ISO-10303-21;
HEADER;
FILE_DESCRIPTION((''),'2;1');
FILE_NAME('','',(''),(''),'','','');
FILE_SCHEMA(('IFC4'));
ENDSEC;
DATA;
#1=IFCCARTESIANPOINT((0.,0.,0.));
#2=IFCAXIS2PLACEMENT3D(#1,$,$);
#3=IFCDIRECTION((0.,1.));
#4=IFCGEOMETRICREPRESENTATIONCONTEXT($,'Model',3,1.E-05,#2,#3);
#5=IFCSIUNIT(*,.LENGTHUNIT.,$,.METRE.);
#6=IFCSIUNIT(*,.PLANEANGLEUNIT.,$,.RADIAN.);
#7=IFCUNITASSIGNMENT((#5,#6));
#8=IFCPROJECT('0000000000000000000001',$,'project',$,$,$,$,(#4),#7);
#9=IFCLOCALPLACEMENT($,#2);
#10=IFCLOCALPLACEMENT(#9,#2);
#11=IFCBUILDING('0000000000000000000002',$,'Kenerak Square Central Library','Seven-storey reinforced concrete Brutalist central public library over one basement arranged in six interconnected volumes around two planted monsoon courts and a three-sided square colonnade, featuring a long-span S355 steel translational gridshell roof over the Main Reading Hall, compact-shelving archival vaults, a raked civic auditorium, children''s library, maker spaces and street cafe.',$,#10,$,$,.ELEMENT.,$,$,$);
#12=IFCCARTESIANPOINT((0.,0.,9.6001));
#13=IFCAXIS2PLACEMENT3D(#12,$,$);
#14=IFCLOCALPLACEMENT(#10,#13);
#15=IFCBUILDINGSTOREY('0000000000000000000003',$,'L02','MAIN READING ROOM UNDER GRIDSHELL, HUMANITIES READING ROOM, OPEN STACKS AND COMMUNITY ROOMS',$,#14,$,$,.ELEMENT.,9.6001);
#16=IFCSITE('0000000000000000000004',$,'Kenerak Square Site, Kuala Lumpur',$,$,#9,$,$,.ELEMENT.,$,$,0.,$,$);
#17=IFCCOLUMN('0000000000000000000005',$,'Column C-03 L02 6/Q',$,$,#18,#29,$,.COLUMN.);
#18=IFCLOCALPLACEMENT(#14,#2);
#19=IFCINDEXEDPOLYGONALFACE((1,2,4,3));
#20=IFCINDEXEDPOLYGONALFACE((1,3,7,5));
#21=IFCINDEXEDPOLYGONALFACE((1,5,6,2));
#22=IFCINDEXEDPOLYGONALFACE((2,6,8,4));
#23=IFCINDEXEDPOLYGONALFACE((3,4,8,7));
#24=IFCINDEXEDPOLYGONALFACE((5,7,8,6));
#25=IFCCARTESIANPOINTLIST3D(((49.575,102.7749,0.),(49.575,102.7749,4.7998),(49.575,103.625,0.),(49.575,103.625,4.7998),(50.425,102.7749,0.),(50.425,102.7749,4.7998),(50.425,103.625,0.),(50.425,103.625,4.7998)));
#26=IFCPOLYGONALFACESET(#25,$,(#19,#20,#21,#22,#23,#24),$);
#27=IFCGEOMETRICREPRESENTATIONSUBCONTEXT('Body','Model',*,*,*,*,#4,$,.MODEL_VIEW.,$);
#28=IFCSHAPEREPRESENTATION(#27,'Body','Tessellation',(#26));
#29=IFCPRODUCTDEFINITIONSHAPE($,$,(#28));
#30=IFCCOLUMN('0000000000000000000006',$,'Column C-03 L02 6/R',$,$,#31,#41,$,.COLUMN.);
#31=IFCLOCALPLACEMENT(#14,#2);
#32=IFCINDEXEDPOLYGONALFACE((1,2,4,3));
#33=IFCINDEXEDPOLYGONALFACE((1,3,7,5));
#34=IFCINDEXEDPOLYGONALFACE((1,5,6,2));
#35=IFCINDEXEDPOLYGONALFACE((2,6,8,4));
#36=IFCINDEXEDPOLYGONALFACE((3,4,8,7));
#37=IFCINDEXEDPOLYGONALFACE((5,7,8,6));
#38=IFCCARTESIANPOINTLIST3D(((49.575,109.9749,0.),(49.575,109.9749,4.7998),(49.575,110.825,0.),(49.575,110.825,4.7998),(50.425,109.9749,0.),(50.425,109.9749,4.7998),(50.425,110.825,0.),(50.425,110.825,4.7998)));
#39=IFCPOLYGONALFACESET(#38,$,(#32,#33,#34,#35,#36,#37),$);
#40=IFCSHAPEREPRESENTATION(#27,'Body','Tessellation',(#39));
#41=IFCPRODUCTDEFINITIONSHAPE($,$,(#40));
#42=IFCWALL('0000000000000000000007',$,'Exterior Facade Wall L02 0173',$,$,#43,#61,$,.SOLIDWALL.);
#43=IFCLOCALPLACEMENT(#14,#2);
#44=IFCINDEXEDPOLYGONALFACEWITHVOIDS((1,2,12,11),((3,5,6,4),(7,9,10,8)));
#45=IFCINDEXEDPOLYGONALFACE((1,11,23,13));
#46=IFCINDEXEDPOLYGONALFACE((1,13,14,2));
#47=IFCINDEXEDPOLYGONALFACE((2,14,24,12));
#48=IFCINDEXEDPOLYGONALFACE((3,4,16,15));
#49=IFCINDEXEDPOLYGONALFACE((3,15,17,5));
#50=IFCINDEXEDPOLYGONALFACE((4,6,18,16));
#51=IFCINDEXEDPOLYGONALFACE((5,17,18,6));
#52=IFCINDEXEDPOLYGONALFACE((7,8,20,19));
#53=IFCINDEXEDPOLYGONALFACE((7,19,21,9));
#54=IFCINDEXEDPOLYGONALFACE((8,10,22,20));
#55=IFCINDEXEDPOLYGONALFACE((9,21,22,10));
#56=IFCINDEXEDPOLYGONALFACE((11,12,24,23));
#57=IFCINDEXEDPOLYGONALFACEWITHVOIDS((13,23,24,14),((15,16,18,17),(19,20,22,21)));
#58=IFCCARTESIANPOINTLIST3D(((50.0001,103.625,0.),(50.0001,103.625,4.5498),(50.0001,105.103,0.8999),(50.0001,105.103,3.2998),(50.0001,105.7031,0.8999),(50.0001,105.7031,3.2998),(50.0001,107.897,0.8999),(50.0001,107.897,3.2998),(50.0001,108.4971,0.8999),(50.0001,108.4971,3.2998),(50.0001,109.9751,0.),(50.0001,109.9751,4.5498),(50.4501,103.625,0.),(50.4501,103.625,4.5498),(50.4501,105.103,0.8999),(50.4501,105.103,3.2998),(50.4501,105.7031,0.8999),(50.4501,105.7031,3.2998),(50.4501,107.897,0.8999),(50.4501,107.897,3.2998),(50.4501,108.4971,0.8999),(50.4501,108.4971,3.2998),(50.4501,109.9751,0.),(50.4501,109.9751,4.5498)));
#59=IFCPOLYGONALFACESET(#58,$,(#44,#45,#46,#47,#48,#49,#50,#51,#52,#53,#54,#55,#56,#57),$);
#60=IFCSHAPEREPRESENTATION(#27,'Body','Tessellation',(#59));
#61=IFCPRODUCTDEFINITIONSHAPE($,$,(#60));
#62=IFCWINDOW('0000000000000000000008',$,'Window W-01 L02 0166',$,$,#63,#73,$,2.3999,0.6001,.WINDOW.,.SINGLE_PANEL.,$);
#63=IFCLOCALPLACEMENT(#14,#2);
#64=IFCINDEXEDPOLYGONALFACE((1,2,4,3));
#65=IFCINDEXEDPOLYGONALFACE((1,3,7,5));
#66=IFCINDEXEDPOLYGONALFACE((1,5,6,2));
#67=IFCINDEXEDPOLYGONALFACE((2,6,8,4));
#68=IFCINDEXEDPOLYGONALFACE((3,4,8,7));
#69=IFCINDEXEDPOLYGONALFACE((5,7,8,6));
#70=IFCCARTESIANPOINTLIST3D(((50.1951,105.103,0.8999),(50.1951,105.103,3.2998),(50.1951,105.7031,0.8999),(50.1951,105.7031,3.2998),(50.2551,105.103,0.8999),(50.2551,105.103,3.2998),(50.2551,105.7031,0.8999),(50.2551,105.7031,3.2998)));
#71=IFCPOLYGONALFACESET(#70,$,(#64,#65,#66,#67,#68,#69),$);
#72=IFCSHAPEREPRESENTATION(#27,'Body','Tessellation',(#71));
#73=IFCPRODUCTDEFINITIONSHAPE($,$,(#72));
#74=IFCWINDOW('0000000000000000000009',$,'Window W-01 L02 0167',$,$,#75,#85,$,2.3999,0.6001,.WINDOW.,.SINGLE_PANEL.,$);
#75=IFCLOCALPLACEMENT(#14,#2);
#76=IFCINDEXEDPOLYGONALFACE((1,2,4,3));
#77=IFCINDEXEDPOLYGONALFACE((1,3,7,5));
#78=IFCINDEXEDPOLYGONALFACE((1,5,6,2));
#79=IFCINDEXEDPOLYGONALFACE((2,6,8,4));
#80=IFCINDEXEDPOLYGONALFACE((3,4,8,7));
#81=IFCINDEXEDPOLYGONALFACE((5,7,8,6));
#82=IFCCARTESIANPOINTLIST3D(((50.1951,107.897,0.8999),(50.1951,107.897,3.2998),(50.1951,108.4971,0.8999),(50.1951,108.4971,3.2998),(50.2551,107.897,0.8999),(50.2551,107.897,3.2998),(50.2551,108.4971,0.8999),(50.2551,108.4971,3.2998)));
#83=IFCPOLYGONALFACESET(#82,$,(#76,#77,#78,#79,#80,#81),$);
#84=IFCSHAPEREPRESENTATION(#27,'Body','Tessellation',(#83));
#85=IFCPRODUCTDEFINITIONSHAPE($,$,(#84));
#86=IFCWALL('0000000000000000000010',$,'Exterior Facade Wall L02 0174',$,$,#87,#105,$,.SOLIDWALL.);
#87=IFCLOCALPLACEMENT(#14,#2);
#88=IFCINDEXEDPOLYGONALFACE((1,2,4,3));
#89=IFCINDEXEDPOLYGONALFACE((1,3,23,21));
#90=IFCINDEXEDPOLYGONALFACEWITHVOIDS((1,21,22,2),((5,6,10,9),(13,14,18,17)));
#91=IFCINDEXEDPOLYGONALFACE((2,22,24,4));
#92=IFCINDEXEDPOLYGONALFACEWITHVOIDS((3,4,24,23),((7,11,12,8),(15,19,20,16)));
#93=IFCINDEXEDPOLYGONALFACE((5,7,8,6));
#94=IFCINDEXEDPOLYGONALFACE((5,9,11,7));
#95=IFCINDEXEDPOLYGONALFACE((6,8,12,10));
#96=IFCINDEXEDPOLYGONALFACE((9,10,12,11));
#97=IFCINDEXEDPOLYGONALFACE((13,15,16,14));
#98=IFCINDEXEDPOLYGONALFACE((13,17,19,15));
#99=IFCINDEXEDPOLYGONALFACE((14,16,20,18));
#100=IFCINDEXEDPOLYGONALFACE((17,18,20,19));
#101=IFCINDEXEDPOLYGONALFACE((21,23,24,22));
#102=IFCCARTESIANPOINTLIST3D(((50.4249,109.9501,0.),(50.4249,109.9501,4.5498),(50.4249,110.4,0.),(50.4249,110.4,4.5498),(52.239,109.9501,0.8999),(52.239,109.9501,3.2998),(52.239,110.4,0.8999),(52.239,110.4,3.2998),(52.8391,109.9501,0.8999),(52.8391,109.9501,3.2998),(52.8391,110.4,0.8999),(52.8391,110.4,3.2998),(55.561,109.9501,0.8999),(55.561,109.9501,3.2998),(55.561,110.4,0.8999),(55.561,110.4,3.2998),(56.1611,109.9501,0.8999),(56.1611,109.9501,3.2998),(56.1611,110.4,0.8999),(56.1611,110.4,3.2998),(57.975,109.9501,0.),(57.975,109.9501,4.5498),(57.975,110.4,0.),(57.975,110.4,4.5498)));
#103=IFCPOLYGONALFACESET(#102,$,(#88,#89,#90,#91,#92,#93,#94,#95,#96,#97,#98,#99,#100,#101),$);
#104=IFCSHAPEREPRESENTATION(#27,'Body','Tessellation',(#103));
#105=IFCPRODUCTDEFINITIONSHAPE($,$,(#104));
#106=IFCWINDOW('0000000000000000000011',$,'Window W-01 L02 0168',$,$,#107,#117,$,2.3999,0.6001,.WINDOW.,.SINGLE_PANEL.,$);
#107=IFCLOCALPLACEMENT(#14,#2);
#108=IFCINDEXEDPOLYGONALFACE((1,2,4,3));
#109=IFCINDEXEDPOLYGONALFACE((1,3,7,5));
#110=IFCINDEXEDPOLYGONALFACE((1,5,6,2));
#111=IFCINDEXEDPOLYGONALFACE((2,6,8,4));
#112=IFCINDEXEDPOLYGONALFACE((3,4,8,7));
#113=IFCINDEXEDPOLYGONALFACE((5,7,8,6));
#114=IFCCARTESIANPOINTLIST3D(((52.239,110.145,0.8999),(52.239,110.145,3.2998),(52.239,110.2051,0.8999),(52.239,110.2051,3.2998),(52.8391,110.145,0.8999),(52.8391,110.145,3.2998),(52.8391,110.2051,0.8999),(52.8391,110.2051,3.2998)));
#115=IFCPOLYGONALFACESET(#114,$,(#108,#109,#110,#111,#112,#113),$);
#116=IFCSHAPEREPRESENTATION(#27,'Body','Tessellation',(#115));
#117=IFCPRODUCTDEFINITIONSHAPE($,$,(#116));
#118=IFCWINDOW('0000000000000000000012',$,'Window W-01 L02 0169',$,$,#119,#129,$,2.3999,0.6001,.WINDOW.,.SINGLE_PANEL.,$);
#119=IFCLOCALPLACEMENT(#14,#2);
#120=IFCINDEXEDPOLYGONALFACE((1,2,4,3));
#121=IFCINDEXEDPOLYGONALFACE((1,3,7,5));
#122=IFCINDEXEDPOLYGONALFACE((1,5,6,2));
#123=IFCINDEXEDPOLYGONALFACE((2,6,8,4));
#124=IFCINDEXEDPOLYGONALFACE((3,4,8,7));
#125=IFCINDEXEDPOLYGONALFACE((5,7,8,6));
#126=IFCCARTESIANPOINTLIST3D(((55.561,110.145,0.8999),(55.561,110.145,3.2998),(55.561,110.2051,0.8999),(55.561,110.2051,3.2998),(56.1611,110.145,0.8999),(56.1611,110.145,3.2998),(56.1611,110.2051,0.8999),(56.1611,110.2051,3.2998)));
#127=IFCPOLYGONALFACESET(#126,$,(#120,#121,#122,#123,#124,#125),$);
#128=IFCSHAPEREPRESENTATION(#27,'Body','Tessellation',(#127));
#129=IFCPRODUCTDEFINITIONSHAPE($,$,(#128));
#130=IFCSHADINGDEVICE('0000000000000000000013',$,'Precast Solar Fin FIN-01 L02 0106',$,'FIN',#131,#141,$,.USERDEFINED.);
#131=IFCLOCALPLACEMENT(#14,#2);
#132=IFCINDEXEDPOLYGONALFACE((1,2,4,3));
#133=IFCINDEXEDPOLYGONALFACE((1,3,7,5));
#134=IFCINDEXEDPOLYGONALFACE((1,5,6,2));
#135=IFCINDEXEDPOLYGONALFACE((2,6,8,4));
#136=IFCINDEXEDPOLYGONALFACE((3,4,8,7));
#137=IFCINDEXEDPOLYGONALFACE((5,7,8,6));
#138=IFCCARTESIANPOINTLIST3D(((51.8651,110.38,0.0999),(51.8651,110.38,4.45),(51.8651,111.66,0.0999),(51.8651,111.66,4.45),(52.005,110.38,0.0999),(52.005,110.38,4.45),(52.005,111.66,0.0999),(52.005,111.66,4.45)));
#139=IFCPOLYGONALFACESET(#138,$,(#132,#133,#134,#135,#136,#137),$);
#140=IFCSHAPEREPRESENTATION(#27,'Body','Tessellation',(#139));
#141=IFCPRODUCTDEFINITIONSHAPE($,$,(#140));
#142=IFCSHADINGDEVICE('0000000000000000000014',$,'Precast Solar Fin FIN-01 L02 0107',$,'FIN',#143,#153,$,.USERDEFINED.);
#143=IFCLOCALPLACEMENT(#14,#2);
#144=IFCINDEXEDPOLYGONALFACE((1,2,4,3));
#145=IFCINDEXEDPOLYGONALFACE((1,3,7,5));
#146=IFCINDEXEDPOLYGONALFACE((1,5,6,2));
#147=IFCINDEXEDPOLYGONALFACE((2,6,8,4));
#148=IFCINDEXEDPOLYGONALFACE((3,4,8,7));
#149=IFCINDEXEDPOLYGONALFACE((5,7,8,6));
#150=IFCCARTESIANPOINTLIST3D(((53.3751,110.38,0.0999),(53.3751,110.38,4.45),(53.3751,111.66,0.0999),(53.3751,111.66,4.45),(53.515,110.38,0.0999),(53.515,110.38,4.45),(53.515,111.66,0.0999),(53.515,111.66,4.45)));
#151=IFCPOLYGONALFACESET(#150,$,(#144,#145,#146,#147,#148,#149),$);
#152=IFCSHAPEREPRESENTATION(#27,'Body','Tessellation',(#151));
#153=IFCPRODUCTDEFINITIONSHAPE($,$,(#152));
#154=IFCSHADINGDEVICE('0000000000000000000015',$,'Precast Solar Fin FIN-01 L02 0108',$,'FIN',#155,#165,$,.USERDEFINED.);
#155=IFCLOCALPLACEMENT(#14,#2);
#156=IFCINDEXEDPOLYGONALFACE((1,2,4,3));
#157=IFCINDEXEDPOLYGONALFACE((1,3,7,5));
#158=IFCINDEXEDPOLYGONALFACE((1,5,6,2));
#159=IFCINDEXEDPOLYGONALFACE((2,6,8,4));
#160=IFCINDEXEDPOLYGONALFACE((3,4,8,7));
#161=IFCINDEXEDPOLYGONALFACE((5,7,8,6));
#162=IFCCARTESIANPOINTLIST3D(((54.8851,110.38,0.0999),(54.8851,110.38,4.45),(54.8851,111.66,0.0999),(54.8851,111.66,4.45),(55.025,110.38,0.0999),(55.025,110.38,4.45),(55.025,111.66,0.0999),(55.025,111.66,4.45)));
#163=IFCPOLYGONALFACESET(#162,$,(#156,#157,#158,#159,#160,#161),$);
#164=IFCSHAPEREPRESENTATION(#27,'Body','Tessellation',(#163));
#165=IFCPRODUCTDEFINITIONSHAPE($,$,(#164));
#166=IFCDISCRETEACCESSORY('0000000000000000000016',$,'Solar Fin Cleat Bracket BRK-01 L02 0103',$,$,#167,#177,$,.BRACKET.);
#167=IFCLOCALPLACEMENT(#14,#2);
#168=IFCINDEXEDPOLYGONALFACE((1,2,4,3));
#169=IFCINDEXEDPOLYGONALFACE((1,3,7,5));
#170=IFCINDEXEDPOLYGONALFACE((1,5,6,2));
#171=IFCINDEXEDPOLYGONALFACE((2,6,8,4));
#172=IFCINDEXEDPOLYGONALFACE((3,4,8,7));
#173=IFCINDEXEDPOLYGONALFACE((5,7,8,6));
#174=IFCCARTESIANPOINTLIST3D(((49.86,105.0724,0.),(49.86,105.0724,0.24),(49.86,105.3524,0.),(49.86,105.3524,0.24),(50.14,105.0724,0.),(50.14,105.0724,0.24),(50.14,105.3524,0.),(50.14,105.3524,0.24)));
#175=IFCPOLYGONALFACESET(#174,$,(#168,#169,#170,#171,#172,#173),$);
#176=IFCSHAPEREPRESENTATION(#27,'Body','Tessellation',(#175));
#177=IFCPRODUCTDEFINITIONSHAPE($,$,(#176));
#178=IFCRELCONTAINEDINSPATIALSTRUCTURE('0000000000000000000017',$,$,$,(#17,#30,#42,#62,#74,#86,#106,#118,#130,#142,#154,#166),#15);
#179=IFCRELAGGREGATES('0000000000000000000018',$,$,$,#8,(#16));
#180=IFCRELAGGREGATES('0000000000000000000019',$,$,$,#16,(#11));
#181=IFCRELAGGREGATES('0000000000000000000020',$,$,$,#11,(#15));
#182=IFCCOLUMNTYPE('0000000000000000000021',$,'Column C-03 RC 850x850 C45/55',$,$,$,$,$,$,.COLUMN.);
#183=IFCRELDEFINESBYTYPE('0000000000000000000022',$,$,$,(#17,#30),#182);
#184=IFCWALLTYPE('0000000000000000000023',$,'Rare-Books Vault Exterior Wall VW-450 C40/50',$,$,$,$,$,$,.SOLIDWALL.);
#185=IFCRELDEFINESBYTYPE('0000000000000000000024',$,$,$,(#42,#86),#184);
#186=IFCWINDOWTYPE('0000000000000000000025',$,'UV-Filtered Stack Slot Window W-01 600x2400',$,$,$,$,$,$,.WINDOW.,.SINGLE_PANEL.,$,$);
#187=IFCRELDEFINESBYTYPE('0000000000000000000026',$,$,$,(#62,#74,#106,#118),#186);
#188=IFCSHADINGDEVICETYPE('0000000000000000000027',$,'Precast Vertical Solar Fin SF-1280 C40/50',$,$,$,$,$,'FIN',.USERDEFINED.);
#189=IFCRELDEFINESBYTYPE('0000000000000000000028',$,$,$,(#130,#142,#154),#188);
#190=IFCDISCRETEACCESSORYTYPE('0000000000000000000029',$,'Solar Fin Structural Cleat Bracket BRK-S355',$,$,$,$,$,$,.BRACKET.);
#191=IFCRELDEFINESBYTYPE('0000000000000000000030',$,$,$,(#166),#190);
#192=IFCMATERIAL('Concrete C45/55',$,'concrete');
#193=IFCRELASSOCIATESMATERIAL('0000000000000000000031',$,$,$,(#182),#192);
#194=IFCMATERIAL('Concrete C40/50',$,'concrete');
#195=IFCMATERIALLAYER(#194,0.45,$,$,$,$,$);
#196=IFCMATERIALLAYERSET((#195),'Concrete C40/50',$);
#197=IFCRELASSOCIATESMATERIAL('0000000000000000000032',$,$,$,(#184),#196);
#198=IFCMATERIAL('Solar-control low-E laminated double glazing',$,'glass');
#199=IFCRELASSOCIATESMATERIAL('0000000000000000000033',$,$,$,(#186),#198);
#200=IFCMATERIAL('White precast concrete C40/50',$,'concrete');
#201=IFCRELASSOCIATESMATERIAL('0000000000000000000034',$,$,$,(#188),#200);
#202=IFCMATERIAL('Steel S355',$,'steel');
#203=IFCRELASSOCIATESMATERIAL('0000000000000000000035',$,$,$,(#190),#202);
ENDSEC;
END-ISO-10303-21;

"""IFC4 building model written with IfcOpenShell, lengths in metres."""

from ifc_helpers import new_model, si_unit, direction, frame, frame_2d, origin, origin_2d, place, context, subcontext, project, spatial, rectangle, extrude, material, layer, layer_set, material_profile, profile_set, type_object, element, fill, save


model = new_model("IFC4")

# Units and contexts
model_context = context("Model", 3, precision=1e-05, world=origin(), true_north=direction((0.0, 1.0)))
body_context = subcontext(model_context, "Body", "Model", "MODEL_VIEW")
ifc_project = project(units=[si_unit("LENGTHUNIT", "METRE"), si_unit("PLANEANGLEUNIT", "RADIAN")], contexts=[model_context])

# Site, building, storey
site_placement = place(None, origin())
site = spatial("IfcSite", under=ifc_project, at=site_placement, Name="Kenerak Square Site, Kuala Lumpur", CompositionType="ELEMENT", RefElevation=0.0)
building_placement = place(site_placement, origin())
building = spatial("IfcBuilding", under=site, at=building_placement, Name="Kenerak Square Central Library", Description="Seven-storey reinforced concrete Brutalist central public library over one basement arranged in six interconnected volumes around two planted monsoon courts and a three-sided square colonnade, featuring a long-span S355 steel translational gridshell roof over the Main Reading Hall, compact-shelving archival vaults, a raked civic auditorium, children's library, maker spaces and street cafe.", CompositionType="ELEMENT")
storey_placement = place(building_placement, frame((0.0, 0.0, 9.6001)))
storey = spatial("IfcBuildingStorey", under=building, at=storey_placement, Name="L02", Description="MAIN READING ROOM UNDER GRIDSHELL, HUMANITIES READING ROOM, OPEN STACKS AND COMMUNITY ROOMS", CompositionType="ELEMENT", Elevation=9.6001)

# Columns
ifc_material_1 = material(Name="Concrete C45/55", Category="concrete")
ifc_material_profile = material_profile(ifc_material_1, rectangle(XDim=0.8501, YDim=0.8501, at=origin_2d()), Name="RC 850x850")
ifc_profile_set = profile_set([ifc_material_profile], Name="Concrete C45/55")
column_type = type_object("IfcColumnType", Name="Column C-03 RC 850x850 C45/55", PredefinedType="COLUMN", material=ifc_profile_set)
for number, where, z_axis, x_axis, name in (
    (1, (50.0, 103.2, 0.0), (0.0, 0.0, 1.0), (1.0, 0.0, 0.0), "Column C-03 L02 6/Q"),
    (2, (50.0, 110.3999, 0.0), (0.0, 0.0, 1.0), (1.0, 0.0, 0.0), "Column C-03 L02 6/R"),
):
    element("IfcColumn", number, at=place(storey_placement, frame(where, z_axis=z_axis, x_axis=x_axis)), inside=storey, type_object=column_type, Name=name, PredefinedType="COLUMN", context=body_context, shape_type="SweptSolid", body=[
        extrude(rectangle(XDim=0.8501, YDim=0.8501, at=origin_2d()), origin(), (0.0, 0.0, 1.0), 4.7998),
    ])

# Walls, openings, windows
ifc_material_2 = material(Name="Concrete C40/50", Category="concrete")
ifc_layer = layer(ifc_material_2, 0.45)
ifc_layer_set = layer_set([ifc_layer], Name="Concrete C40/50")
wall_type = type_object("IfcWallType", Name="Rare-Books Vault Exterior Wall VW-450 C40/50", PredefinedType="SOLIDWALL", material=ifc_layer_set)
wall_1_placement = place(storey_placement, frame((50.2251, 103.625, 0.0), z_axis=(0.0, 0.0, 1.0), x_axis=(0.0, 1.0, 0.0)))
wall_1 = element("IfcWall", 3, at=wall_1_placement, inside=storey, type_object=wall_type, Name="Exterior Facade Wall L02 0173", PredefinedType="SOLIDWALL", context=body_context, shape_type="SweptSolid", body=[
    extrude(rectangle(XDim=6.3501, YDim=0.45, at=frame_2d((3.175, 0.0))), origin(), (0.0, 0.0, 1.0), 4.5498),
])
opening_1_placement = place(wall_1_placement, frame((1.478, 0.0, 0.8999)))
opening_1 = element("IfcOpeningElement", 4, at=opening_1_placement, cuts=wall_1, PredefinedType="OPENING", context=body_context, shape_type="SweptSolid", body=[
    extrude(rectangle(XDim=0.6001, YDim=2.3999, at=frame_2d((0.3, 1.2))), frame((0.0, 0.2349, 0.0), z_axis=(0.0, -1.0, 0.0), x_axis=(1.0, 0.0, 0.0)), (0.0, 0.0, 1.0), 0.47),
])
opening_2_placement = place(wall_1_placement, frame((4.272, 0.0, 0.8999)))
opening_2 = element("IfcOpeningElement", 5, at=opening_2_placement, cuts=wall_1, PredefinedType="OPENING", context=body_context, shape_type="SweptSolid", body=[
    extrude(rectangle(XDim=0.6001, YDim=2.3999, at=frame_2d((0.3, 1.2))), frame((0.0, 0.2349, 0.0), z_axis=(0.0, -1.0, 0.0), x_axis=(1.0, 0.0, 0.0)), (0.0, 0.0, 1.0), 0.47),
])
ifc_material_3 = material(Name="Solar-control low-E laminated double glazing", Category="glass")
window_type = type_object("IfcWindowType", Name="UV-Filtered Stack Slot Window W-01 600x2400", PartitioningType="SINGLE_PANEL", PredefinedType="WINDOW", material=ifc_material_3)
window_1_placement = place(opening_1_placement, origin())
window_1 = element("IfcWindow", 6, at=window_1_placement, inside=storey, type_object=window_type, Name="Window W-01 L02 0166", OverallHeight=2.3999, OverallWidth=0.6001, PartitioningType="SINGLE_PANEL", PredefinedType="WINDOW", context=body_context, shape_type="SweptSolid", body=[
    extrude(rectangle(XDim=0.6001, YDim=2.3999, at=frame_2d((0.3, 1.2))), frame((0.0, 0.03, 0.0), z_axis=(0.0, -1.0, 0.0), x_axis=(1.0, 0.0, 0.0)), (0.0, 0.0, 1.0), 0.0601),
])
fill(opening_1, window_1)
window_2_placement = place(opening_2_placement, origin())
window_2 = element("IfcWindow", 7, at=window_2_placement, inside=storey, type_object=window_type, Name="Window W-01 L02 0167", OverallHeight=2.3999, OverallWidth=0.6001, PartitioningType="SINGLE_PANEL", PredefinedType="WINDOW", context=body_context, shape_type="SweptSolid", body=[
    extrude(rectangle(XDim=0.6001, YDim=2.3999, at=frame_2d((0.3, 1.2))), frame((0.0, 0.03, 0.0), z_axis=(0.0, -1.0, 0.0), x_axis=(1.0, 0.0, 0.0)), (0.0, 0.0, 1.0), 0.0601),
])
fill(opening_2, window_2)
wall_2_placement = place(storey_placement, frame((50.425, 110.175, 0.0), z_axis=(0.0, 0.0, 1.0), x_axis=(1.0, 0.0, 0.0)))
wall_2 = element("IfcWall", 8, at=wall_2_placement, inside=storey, type_object=wall_type, Name="Exterior Facade Wall L02 0174", PredefinedType="SOLIDWALL", context=body_context, shape_type="SweptSolid", body=[
    extrude(rectangle(XDim=7.55, YDim=0.45, at=frame_2d((3.7749, 0.0))), origin(), (0.0, 0.0, 1.0), 4.5498),
])
opening_3_placement = place(wall_2_placement, frame((1.814, 0.0, 0.8999)))
opening_3 = element("IfcOpeningElement", 9, at=opening_3_placement, cuts=wall_2, PredefinedType="OPENING", context=body_context, shape_type="SweptSolid", body=[
    extrude(rectangle(XDim=0.6001, YDim=2.3999, at=frame_2d((0.3, 1.2))), frame((0.0, 0.2349, 0.0), z_axis=(0.0, -1.0, 0.0), x_axis=(1.0, 0.0, 0.0)), (0.0, 0.0, 1.0), 0.47),
])
opening_4_placement = place(wall_2_placement, frame((5.136, 0.0, 0.8999)))
opening_4 = element("IfcOpeningElement", 10, at=opening_4_placement, cuts=wall_2, PredefinedType="OPENING", context=body_context, shape_type="SweptSolid", body=[
    extrude(rectangle(XDim=0.6001, YDim=2.3999, at=frame_2d((0.3, 1.2))), frame((0.0, 0.2349, 0.0), z_axis=(0.0, -1.0, 0.0), x_axis=(1.0, 0.0, 0.0)), (0.0, 0.0, 1.0), 0.47),
])
window_3_placement = place(opening_3_placement, origin())
window_3 = element("IfcWindow", 11, at=window_3_placement, inside=storey, type_object=window_type, Name="Window W-01 L02 0168", OverallHeight=2.3999, OverallWidth=0.6001, PartitioningType="SINGLE_PANEL", PredefinedType="WINDOW", context=body_context, shape_type="SweptSolid", body=[
    extrude(rectangle(XDim=0.6001, YDim=2.3999, at=frame_2d((0.3, 1.2))), frame((0.0, 0.03, 0.0), z_axis=(0.0, -1.0, 0.0), x_axis=(1.0, 0.0, 0.0)), (0.0, 0.0, 1.0), 0.0601),
])
fill(opening_3, window_3)
window_4_placement = place(opening_4_placement, origin())
window_4 = element("IfcWindow", 12, at=window_4_placement, inside=storey, type_object=window_type, Name="Window W-01 L02 0169", OverallHeight=2.3999, OverallWidth=0.6001, PartitioningType="SINGLE_PANEL", PredefinedType="WINDOW", context=body_context, shape_type="SweptSolid", body=[
    extrude(rectangle(XDim=0.6001, YDim=2.3999, at=frame_2d((0.3, 1.2))), frame((0.0, 0.03, 0.0), z_axis=(0.0, -1.0, 0.0), x_axis=(1.0, 0.0, 0.0)), (0.0, 0.0, 1.0), 0.0601),
])
fill(opening_4, window_4)

# Shading devices
ifc_material_4 = material(Name="White precast concrete C40/50", Category="concrete")
shading_device_type = type_object("IfcShadingDeviceType", Name="Precast Vertical Solar Fin SF-1280 C40/50", ElementType="FIN", PredefinedType="USERDEFINED", material=ifc_material_4)
for number, where, z_axis, x_axis, name in (
    (13, (51.9351, 111.02, 0.0999), (0.0, 0.0, 1.0), (1.0, 0.0, 0.0), "Precast Solar Fin FIN-01 L02 0106"),
    (14, (53.4451, 111.02, 0.0999), (0.0, 0.0, 1.0), (1.0, 0.0, 0.0), "Precast Solar Fin FIN-01 L02 0107"),
    (15, (54.9551, 111.02, 0.0999), (0.0, 0.0, 1.0), (1.0, 0.0, 0.0), "Precast Solar Fin FIN-01 L02 0108"),
):
    element("IfcShadingDevice", number, at=place(storey_placement, frame(where, z_axis=z_axis, x_axis=x_axis)), inside=storey, type_object=shading_device_type, Name=name, ObjectType="FIN", PredefinedType="USERDEFINED", context=body_context, shape_type="SweptSolid", body=[
        extrude(rectangle(XDim=0.1399, YDim=1.28, at=origin_2d()), origin(), (0.0, 0.0, 1.0), 4.3501),
    ])

# Discrete accessory
ifc_material_5 = material(Name="Steel S355", Category="steel")
discrete_accessory_type = type_object("IfcDiscreteAccessoryType", Name="Solar Fin Structural Cleat Bracket BRK-S355", PredefinedType="BRACKET", material=ifc_material_5)
for number, where, z_axis, x_axis, name in (
    (16, (50.0, 105.2124, 0.0), (0.0, 0.0, 1.0), (0.0, 1.0, 0.0), "Solar Fin Cleat Bracket BRK-01 L02 0103"),
):
    element("IfcDiscreteAccessory", number, at=place(storey_placement, frame(where, z_axis=z_axis, x_axis=x_axis)), inside=storey, type_object=discrete_accessory_type, Name=name, PredefinedType="BRACKET", context=body_context, shape_type="SweptSolid", body=[
        extrude(rectangle(XDim=0.28, YDim=0.28, at=origin_2d()), origin(), (0.0, 0.0, 1.0), 0.24),
    ])

save(model, "model.ifc")
